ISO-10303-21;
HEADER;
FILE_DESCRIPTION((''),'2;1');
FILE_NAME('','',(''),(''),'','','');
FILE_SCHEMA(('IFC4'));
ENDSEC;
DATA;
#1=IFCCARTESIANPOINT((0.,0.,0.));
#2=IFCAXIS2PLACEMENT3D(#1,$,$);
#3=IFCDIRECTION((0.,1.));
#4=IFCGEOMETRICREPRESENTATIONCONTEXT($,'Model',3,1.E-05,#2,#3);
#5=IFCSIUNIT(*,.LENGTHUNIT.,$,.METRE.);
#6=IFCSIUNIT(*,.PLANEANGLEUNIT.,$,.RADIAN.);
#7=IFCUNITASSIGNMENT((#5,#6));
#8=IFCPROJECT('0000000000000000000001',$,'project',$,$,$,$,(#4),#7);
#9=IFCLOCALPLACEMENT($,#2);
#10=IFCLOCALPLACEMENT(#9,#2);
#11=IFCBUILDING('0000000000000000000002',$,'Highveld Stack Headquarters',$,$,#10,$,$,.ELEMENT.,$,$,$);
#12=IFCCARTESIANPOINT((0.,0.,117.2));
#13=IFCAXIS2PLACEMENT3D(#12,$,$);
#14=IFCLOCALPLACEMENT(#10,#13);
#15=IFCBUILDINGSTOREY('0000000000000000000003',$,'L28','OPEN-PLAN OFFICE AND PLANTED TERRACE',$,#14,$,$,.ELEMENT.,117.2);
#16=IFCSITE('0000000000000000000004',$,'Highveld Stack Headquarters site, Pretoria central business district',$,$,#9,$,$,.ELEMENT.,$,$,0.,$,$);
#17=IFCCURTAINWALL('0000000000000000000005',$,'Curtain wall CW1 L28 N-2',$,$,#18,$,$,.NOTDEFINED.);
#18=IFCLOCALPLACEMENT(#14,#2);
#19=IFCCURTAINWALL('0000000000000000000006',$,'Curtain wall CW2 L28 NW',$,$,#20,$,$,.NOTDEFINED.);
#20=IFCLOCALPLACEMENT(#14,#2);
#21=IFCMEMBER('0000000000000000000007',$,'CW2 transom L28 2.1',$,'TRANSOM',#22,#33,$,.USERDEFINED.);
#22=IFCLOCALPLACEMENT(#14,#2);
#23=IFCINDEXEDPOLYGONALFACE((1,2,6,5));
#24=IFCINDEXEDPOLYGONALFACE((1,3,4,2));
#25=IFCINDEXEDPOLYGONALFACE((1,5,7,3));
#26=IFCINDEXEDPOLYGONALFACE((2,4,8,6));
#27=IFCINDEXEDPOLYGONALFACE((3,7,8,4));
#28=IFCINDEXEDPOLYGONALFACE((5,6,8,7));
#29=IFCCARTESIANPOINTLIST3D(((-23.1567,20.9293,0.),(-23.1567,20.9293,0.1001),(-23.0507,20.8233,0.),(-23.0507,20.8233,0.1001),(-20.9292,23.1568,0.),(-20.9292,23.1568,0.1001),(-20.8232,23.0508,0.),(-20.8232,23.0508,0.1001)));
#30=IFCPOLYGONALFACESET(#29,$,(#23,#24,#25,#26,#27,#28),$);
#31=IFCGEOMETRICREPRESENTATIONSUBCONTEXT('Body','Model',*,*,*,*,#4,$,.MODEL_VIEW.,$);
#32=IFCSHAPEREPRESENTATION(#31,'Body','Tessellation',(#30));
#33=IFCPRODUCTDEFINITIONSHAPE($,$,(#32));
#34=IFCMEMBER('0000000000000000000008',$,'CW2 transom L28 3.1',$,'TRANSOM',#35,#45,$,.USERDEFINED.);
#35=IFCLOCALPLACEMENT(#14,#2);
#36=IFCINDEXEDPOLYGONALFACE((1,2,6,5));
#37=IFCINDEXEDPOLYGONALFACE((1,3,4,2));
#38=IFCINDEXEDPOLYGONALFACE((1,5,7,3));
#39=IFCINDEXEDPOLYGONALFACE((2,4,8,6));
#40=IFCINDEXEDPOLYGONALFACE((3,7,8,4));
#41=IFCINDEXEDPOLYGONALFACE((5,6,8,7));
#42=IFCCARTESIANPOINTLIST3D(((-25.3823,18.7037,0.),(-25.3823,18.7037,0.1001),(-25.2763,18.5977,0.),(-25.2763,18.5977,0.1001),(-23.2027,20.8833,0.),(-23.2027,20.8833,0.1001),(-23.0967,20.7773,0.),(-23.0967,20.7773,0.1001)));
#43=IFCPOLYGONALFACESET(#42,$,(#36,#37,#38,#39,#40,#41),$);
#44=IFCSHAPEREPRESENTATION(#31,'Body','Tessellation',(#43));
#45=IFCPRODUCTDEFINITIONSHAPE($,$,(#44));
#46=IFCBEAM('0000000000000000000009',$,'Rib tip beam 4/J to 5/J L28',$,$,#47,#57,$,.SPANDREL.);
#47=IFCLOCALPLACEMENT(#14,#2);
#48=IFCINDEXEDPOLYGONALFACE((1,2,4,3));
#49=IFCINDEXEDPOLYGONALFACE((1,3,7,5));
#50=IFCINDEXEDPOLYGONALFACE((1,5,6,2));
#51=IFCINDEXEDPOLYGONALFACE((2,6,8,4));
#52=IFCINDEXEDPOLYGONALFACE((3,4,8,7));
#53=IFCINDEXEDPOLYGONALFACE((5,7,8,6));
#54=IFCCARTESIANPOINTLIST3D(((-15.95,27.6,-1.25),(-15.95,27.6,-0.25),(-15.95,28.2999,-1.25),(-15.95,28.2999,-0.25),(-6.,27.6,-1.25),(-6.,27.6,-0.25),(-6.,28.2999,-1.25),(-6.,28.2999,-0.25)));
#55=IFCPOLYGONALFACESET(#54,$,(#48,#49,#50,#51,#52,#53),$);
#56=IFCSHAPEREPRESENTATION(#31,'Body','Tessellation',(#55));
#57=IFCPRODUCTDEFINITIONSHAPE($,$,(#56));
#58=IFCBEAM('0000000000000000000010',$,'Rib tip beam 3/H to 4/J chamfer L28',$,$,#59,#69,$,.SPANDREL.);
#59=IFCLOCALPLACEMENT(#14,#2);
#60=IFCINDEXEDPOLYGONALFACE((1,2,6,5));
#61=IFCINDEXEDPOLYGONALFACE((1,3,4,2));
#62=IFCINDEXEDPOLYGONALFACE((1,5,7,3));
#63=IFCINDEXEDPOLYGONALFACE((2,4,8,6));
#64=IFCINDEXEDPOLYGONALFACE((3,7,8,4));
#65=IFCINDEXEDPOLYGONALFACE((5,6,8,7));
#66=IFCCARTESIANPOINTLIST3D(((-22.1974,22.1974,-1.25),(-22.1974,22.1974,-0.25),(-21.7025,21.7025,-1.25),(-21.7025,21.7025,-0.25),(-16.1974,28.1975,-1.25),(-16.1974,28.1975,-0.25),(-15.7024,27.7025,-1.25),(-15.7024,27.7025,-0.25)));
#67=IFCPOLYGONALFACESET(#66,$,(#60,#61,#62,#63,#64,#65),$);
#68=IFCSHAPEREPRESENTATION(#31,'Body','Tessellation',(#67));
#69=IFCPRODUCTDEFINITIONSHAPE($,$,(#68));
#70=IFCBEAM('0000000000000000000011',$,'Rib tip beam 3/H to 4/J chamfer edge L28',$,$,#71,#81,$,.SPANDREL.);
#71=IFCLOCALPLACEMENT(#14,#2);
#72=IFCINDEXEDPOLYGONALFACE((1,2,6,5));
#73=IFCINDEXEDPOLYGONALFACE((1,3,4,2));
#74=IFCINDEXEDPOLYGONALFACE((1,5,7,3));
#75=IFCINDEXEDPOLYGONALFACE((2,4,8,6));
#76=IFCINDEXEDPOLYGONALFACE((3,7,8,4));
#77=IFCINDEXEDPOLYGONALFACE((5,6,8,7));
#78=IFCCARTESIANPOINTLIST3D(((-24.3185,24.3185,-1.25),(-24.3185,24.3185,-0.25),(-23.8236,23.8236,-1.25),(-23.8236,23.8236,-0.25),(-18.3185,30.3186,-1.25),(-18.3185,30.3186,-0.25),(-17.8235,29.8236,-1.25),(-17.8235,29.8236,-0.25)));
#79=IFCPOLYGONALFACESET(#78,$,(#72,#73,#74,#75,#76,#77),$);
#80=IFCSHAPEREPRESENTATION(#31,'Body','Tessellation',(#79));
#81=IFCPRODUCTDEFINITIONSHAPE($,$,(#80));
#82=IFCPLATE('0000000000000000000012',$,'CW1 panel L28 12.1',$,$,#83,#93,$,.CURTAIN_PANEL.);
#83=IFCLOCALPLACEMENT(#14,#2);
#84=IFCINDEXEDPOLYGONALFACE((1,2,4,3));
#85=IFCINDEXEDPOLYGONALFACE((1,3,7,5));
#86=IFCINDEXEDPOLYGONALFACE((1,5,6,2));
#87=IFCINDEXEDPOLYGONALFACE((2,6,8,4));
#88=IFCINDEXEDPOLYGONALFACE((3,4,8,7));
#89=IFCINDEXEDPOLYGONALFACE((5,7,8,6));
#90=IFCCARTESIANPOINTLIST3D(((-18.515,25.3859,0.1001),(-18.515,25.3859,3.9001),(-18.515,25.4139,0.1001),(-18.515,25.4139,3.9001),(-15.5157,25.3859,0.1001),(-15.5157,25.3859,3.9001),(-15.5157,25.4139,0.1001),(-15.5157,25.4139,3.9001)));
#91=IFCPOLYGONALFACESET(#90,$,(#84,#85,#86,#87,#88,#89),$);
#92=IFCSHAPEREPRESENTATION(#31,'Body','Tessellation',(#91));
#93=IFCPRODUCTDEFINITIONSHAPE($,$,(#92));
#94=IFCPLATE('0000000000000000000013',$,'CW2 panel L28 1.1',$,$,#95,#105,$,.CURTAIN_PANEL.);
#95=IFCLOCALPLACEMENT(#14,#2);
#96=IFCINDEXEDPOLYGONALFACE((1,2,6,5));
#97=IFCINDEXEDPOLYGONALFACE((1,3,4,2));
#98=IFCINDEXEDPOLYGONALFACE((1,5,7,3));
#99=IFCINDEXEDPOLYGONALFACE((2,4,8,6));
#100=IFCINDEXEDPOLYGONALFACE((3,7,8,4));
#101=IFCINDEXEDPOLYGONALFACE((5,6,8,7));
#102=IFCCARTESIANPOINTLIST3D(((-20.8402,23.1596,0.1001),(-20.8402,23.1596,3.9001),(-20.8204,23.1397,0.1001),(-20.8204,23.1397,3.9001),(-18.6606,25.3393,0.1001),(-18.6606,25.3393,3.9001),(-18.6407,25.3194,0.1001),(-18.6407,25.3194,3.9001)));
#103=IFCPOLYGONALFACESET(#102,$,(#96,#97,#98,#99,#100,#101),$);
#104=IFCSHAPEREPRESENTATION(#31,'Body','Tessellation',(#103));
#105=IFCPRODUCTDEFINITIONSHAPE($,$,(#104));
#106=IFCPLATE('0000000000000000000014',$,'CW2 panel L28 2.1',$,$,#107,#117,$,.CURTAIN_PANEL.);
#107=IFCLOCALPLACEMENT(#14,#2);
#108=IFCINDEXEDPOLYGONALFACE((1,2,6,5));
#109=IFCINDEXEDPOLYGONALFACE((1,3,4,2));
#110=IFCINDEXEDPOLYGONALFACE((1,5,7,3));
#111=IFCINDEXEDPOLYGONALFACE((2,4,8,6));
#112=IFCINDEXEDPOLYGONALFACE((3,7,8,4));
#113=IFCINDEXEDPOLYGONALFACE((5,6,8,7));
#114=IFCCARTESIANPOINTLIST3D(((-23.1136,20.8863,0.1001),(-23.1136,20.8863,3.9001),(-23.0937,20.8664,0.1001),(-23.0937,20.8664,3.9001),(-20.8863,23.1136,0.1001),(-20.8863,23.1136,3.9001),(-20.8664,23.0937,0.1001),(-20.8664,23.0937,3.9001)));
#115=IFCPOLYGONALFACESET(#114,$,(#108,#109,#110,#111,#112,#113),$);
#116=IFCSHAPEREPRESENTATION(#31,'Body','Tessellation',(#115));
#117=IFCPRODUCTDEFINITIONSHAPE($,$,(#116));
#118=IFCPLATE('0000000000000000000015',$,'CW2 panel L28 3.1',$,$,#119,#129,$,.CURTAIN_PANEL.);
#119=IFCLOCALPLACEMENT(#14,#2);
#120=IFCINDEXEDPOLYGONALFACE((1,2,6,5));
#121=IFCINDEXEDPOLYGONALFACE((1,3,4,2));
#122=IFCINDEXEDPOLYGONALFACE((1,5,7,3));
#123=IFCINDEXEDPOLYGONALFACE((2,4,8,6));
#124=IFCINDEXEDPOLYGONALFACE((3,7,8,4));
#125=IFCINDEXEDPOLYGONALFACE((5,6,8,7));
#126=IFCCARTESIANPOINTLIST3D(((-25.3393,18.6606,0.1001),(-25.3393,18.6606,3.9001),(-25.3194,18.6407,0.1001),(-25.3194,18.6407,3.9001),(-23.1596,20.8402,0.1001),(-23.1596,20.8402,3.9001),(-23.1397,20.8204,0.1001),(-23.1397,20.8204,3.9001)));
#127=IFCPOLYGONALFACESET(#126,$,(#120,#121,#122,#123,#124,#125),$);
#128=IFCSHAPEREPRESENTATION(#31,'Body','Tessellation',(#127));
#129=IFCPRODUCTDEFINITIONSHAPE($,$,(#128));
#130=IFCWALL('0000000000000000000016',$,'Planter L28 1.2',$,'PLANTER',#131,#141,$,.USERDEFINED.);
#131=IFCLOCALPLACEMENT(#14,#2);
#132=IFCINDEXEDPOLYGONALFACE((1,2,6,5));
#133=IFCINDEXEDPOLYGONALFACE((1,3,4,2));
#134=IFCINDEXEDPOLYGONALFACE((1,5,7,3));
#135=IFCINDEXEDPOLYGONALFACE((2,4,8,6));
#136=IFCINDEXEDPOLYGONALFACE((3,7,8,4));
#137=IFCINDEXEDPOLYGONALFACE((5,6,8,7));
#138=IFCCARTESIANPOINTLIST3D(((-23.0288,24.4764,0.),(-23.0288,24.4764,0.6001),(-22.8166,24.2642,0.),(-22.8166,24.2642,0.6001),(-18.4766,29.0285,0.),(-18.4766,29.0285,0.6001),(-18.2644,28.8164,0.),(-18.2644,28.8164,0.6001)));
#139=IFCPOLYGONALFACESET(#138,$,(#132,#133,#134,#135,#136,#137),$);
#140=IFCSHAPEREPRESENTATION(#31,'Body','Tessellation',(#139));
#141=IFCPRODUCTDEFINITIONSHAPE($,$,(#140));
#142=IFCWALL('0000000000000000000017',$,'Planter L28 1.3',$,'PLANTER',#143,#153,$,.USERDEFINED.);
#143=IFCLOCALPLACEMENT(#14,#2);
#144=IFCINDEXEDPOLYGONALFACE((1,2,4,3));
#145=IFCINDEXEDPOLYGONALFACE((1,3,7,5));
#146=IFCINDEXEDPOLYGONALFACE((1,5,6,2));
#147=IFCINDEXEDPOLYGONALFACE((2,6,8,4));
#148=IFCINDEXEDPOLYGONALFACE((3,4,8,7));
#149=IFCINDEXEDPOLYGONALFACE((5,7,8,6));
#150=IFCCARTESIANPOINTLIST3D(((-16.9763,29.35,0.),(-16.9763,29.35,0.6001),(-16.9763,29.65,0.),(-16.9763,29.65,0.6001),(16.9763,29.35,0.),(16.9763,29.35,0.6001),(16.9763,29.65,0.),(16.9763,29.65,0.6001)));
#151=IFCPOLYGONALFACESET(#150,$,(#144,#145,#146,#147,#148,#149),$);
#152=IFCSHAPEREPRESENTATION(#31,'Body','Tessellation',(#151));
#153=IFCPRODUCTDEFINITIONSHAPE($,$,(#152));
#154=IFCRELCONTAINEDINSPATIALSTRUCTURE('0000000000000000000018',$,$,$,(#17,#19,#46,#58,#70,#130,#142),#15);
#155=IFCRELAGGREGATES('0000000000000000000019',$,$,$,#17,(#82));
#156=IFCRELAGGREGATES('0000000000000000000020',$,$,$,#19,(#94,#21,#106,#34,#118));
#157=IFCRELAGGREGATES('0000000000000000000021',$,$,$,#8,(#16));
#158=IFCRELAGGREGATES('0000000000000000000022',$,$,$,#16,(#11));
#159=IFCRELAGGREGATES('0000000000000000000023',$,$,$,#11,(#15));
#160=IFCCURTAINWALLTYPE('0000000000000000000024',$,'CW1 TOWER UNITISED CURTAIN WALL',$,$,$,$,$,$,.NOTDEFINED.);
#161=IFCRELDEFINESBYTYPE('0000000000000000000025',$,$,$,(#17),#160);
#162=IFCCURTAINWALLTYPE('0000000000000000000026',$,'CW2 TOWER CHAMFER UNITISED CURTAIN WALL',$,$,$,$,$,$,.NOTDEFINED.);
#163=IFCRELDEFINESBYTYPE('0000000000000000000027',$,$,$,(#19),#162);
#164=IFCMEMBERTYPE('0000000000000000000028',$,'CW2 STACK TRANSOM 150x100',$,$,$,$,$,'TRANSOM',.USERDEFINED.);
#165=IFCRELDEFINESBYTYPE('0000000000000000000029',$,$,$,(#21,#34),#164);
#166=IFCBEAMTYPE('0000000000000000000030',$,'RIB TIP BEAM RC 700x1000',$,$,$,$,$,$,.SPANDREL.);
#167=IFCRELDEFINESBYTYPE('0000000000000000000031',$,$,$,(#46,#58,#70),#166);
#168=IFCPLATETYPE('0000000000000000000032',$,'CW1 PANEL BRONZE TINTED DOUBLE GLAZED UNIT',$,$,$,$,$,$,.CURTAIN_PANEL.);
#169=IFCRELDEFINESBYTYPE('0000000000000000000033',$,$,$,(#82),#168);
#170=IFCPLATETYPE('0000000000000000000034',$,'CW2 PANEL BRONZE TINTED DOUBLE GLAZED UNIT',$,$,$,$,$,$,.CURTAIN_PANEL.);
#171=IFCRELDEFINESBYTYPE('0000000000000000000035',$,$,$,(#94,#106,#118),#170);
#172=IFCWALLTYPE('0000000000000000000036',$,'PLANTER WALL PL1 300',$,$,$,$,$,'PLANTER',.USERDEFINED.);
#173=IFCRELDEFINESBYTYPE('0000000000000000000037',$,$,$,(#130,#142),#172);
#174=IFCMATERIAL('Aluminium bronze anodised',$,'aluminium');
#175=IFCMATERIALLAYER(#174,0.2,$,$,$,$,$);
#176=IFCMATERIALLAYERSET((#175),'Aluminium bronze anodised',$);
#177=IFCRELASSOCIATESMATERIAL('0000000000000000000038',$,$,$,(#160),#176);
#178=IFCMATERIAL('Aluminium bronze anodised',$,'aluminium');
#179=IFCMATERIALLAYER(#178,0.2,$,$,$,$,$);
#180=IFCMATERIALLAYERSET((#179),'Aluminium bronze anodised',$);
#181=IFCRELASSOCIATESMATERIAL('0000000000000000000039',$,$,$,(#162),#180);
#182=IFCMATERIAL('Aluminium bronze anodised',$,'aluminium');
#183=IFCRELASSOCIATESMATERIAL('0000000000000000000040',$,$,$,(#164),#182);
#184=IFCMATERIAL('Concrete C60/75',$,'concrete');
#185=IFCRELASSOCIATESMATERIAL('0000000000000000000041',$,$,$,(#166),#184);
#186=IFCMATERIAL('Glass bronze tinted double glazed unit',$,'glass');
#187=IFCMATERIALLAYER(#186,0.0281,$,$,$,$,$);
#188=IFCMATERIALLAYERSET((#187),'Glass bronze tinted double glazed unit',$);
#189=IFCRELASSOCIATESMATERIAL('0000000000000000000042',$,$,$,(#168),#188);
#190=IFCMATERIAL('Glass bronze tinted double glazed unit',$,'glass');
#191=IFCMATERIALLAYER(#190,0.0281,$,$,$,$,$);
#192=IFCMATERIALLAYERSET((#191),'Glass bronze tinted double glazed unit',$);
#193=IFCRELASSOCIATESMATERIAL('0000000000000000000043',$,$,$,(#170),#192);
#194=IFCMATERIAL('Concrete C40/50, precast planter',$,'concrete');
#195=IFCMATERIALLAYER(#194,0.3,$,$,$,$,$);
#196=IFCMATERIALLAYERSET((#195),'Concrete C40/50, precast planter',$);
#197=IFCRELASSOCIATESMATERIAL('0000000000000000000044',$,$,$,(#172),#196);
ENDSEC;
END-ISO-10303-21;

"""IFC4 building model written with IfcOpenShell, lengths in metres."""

from ifc_helpers import new_model, si_unit, direction, frame, frame_2d, origin, origin_2d, place, context, subcontext, project, spatial, rectangle, extrude, material, layer, layer_set, material_profile, profile_set, type_object, element, aggregate, save


model = new_model("IFC4")

# Units and contexts
model_context = context("Model", 3, precision=1e-05, world=origin(), true_north=direction((0.0, 1.0)))
body_context = subcontext(model_context, "Body", "Model", "MODEL_VIEW")
ifc_project = project(units=[si_unit("LENGTHUNIT", "METRE"), si_unit("PLANEANGLEUNIT", "RADIAN")], contexts=[model_context])

# Site, building, storey
site_placement = place(None, origin())
site = spatial("IfcSite", under=ifc_project, at=site_placement, Name="Highveld Stack Headquarters site, Pretoria central business district", CompositionType="ELEMENT", RefElevation=0.0)
building_placement = place(site_placement, origin())
building = spatial("IfcBuilding", under=site, at=building_placement, Name="Highveld Stack Headquarters", CompositionType="ELEMENT")
storey_placement = place(building_placement, frame((0.0, 0.0, 117.2)))
storey = spatial("IfcBuildingStorey", under=building, at=storey_placement, Name="L28", Description="OPEN-PLAN OFFICE AND PLANTED TERRACE", CompositionType="ELEMENT", Elevation=117.2)

# Curtain wall
ifc_material_1 = material(Name="Aluminium bronze anodised", Category="aluminium")
ifc_layer_1 = layer(ifc_material_1, 0.2)
ifc_layer_set_1 = layer_set([ifc_layer_1], Name="Aluminium bronze anodised")
curtain_wall_type_1 = type_object("IfcCurtainWallType", Name="CW1 TOWER UNITISED CURTAIN WALL", PredefinedType="NOTDEFINED", material=ifc_layer_set_1)
curtain_wall_1_placement = place(storey_placement, origin())
curtain_wall_1 = element("IfcCurtainWall", 1, at=curtain_wall_1_placement, inside=storey, type_object=curtain_wall_type_1, Name="Curtain wall CW1 L28 N-2", PredefinedType="NOTDEFINED")

# Curtain wall, members
ifc_material_2 = material(Name="Aluminium bronze anodised", Category="aluminium")
ifc_layer_2 = layer(ifc_material_2, 0.2)
ifc_layer_set_2 = layer_set([ifc_layer_2], Name="Aluminium bronze anodised")
curtain_wall_type_2 = type_object("IfcCurtainWallType", Name="CW2 TOWER CHAMFER UNITISED CURTAIN WALL", PredefinedType="NOTDEFINED", material=ifc_layer_set_2)
curtain_wall_2_placement = place(storey_placement, origin())
curtain_wall_2 = element("IfcCurtainWall", 2, at=curtain_wall_2_placement, inside=storey, type_object=curtain_wall_type_2, Name="Curtain wall CW2 L28 NW", PredefinedType="NOTDEFINED")
ifc_material_3 = material(Name="Aluminium bronze anodised", Category="aluminium")
ifc_material_profile_1 = material_profile(ifc_material_3, rectangle(XDim=0.1499, YDim=0.1001, at=origin_2d()), Name="CW2 TRANSOM 150x100")
ifc_profile_set_1 = profile_set([ifc_material_profile_1], Name="Aluminium bronze anodised")
member_type_1 = type_object("IfcMemberType", Name="CW2 STACK TRANSOM 150x100", ElementType="TRANSOM", PredefinedType="USERDEFINED", material=ifc_profile_set_1)
member_1_placement = place(storey_placement, frame((-20.8762, 23.1038, 0.05), z_axis=(-0.707107, -0.707107, 0.0), x_axis=(0.707107, -0.707107, 0.0)))
member_1 = element("IfcMember", 3, at=member_1_placement, type_object=member_type_1, Name="CW2 transom L28 2.1", ObjectType="TRANSOM", PredefinedType="USERDEFINED", context=body_context, shape_type="SweptSolid", body=[
    extrude(rectangle(XDim=0.1499, YDim=0.1001, at=origin_2d()), origin(), (0.0, 0.0, 1.0), 3.1501),
])
member_2_placement = place(storey_placement, frame((-23.1497, 20.8303, 0.05), z_axis=(-0.707107, -0.707107, 0.0), x_axis=(0.707107, -0.707107, 0.0)))
member_2 = element("IfcMember", 4, at=member_2_placement, type_object=member_type_1, Name="CW2 transom L28 3.1", ObjectType="TRANSOM", PredefinedType="USERDEFINED", context=body_context, shape_type="SweptSolid", body=[
    extrude(rectangle(XDim=0.1499, YDim=0.1001, at=origin_2d()), origin(), (0.0, 0.0, 1.0), 3.0825),
])

# Beams
ifc_material_4 = material(Name="Concrete C60/75", Category="concrete")
ifc_material_profile_2 = material_profile(ifc_material_4, rectangle(XDim=0.7, YDim=1.0, at=origin_2d()), Name="RC 700x1000")
ifc_profile_set_2 = profile_set([ifc_material_profile_2], Name="Concrete C60/75")
beam_type_1 = type_object("IfcBeamType", Name="RIB TIP BEAM RC 700x1000", PredefinedType="SPANDREL", material=ifc_profile_set_2)
beam_1_placement = place(storey_placement, frame((-15.95, 27.95, -0.75), z_axis=(1.0, 0.0, 0.0), x_axis=(0.0, 1.0, 0.0)))
element("IfcBeam", 5, at=beam_1_placement, inside=storey, type_object=beam_type_1, Name="Rib tip beam 4/J to 5/J L28", PredefinedType="SPANDREL", context=body_context, shape_type="SweptSolid", body=[
    extrude(rectangle(XDim=0.7, YDim=1.0, at=origin_2d()), origin(), (0.0, 0.0, 1.0), 9.95),
])
for number, where, z_axis, x_axis, name in (
    (6, (-21.95, 21.95, -0.75), (0.707107, 0.707107, 0.0), (-0.707107, 0.707107, 0.0), "Rib tip beam 3/H to 4/J chamfer L28"),
    (7, (-24.071, 24.071, -0.75), (0.707107, 0.707107, 0.0), (-0.707107, 0.707107, 0.0), "Rib tip beam 3/H to 4/J chamfer edge L28"),
):
    element("IfcBeam", number, at=place(storey_placement, frame(where, z_axis=z_axis, x_axis=x_axis)), inside=storey, type_object=beam_type_1, Name=name, PredefinedType="SPANDREL", context=body_context, shape_type="SweptSolid", body=[
        extrude(rectangle(XDim=0.7, YDim=1.0, at=origin_2d()), origin(), (0.0, 0.0, 1.0), 8.4854),
    ])

# Plates
ifc_material_5 = material(Name="Glass bronze tinted double glazed unit", Category="glass")
ifc_layer_3 = layer(ifc_material_5, 0.0281)
ifc_layer_set_3 = layer_set([ifc_layer_3], Name="Glass bronze tinted double glazed unit")
plate_type_1 = type_object("IfcPlateType", Name="CW1 PANEL BRONZE TINTED DOUBLE GLAZED UNIT", PredefinedType="CURTAIN_PANEL", material=ifc_layer_set_3)
plate_1_placement = place(storey_placement, frame((-17.0154, 25.3999, 0.1001), z_axis=(0.0, 0.0, 1.0), x_axis=(-1.0, 0.0, 0.0)))
plate_1 = element("IfcPlate", 8, at=plate_1_placement, type_object=plate_type_1, Name="CW1 panel L28 12.1", PredefinedType="CURTAIN_PANEL", context=body_context, shape_type="SweptSolid", body=[
    extrude(rectangle(XDim=2.9993, YDim=0.0281, at=origin_2d()), origin(), (0.0, 0.0, 1.0), 3.8),
])
aggregate(curtain_wall_1, [plate_1])
ifc_material_6 = material(Name="Glass bronze tinted double glazed unit", Category="glass")
ifc_layer_4 = layer(ifc_material_6, 0.0281)
ifc_layer_set_4 = layer_set([ifc_layer_4], Name="Glass bronze tinted double glazed unit")
plate_type_2 = type_object("IfcPlateType", Name="CW2 PANEL BRONZE TINTED DOUBLE GLAZED UNIT", PredefinedType="CURTAIN_PANEL", material=ifc_layer_set_4)
plate_2_placement = place(storey_placement, frame((-19.7405, 24.2395, 0.1001), z_axis=(0.0, 0.0, 1.0), x_axis=(-0.707107, -0.707107, 0.0)))
plate_2 = element("IfcPlate", 9, at=plate_2_placement, type_object=plate_type_2, Name="CW2 panel L28 1.1", PredefinedType="CURTAIN_PANEL", context=body_context, shape_type="SweptSolid", body=[
    extrude(rectangle(XDim=3.0825, YDim=0.0281, at=origin_2d()), origin(), (0.0, 0.0, 1.0), 3.8),
])
plate_3_placement = place(storey_placement, frame((-21.99, 21.99, 0.1001), z_axis=(0.0, 0.0, 1.0), x_axis=(-0.707107, -0.707107, 0.0)))
plate_3 = element("IfcPlate", 10, at=plate_3_placement, type_object=plate_type_2, Name="CW2 panel L28 2.1", PredefinedType="CURTAIN_PANEL", context=body_context, shape_type="SweptSolid", body=[
    extrude(rectangle(XDim=3.1499, YDim=0.0281, at=origin_2d()), origin(), (0.0, 0.0, 1.0), 3.8),
])
plate_4_placement = place(storey_placement, frame((-24.2395, 19.7405, 0.1001), z_axis=(0.0, 0.0, 1.0), x_axis=(-0.707107, -0.707107, 0.0)))
plate_4 = element("IfcPlate", 11, at=plate_4_placement, type_object=plate_type_2, Name="CW2 panel L28 3.1", PredefinedType="CURTAIN_PANEL", context=body_context, shape_type="SweptSolid", body=[
    extrude(rectangle(XDim=3.0825, YDim=0.0281, at=origin_2d()), origin(), (0.0, 0.0, 1.0), 3.8),
])
aggregate(curtain_wall_2, [plate_2, member_1, plate_3, member_2, plate_4])

# Walls
ifc_material_7 = material(Name="Concrete C40/50, precast planter", Category="concrete")
ifc_layer_5 = layer(ifc_material_7, 0.3)
ifc_layer_set_5 = layer_set([ifc_layer_5], Name="Concrete C40/50, precast planter")
wall_type = type_object("IfcWallType", Name="PLANTER WALL PL1 300", ElementType="PLANTER", PredefinedType="USERDEFINED", material=ifc_layer_set_5)
wall_1_placement = place(storey_placement, frame((-22.9226, 24.3704, 0.0), z_axis=(0.0, 0.0, 1.0), x_axis=(0.707107, 0.707107, 0.0)))
element("IfcWall", 12, at=wall_1_placement, inside=storey, type_object=wall_type, Name="Planter L28 1.2", ObjectType="PLANTER", PredefinedType="USERDEFINED", context=body_context, shape_type="SweptSolid", body=[
    extrude(rectangle(XDim=6.4377, YDim=0.3, at=frame_2d((3.2188, 0.0))), origin(), (0.0, 0.0, 1.0), 0.6001),
])
wall_2_placement = place(storey_placement, frame((-16.9763, 29.5, 0.0), z_axis=(0.0, 0.0, 1.0), x_axis=(1.0, 0.0, 0.0)))
element("IfcWall", 13, at=wall_2_placement, inside=storey, type_object=wall_type, Name="Planter L28 1.3", ObjectType="PLANTER", PredefinedType="USERDEFINED", context=body_context, shape_type="SweptSolid", body=[
    extrude(rectangle(XDim=33.9526, YDim=0.3, at=frame_2d((16.9763, 0.0))), origin(), (0.0, 0.0, 1.0), 0.6001),
])

save(model, "model.ifc")
